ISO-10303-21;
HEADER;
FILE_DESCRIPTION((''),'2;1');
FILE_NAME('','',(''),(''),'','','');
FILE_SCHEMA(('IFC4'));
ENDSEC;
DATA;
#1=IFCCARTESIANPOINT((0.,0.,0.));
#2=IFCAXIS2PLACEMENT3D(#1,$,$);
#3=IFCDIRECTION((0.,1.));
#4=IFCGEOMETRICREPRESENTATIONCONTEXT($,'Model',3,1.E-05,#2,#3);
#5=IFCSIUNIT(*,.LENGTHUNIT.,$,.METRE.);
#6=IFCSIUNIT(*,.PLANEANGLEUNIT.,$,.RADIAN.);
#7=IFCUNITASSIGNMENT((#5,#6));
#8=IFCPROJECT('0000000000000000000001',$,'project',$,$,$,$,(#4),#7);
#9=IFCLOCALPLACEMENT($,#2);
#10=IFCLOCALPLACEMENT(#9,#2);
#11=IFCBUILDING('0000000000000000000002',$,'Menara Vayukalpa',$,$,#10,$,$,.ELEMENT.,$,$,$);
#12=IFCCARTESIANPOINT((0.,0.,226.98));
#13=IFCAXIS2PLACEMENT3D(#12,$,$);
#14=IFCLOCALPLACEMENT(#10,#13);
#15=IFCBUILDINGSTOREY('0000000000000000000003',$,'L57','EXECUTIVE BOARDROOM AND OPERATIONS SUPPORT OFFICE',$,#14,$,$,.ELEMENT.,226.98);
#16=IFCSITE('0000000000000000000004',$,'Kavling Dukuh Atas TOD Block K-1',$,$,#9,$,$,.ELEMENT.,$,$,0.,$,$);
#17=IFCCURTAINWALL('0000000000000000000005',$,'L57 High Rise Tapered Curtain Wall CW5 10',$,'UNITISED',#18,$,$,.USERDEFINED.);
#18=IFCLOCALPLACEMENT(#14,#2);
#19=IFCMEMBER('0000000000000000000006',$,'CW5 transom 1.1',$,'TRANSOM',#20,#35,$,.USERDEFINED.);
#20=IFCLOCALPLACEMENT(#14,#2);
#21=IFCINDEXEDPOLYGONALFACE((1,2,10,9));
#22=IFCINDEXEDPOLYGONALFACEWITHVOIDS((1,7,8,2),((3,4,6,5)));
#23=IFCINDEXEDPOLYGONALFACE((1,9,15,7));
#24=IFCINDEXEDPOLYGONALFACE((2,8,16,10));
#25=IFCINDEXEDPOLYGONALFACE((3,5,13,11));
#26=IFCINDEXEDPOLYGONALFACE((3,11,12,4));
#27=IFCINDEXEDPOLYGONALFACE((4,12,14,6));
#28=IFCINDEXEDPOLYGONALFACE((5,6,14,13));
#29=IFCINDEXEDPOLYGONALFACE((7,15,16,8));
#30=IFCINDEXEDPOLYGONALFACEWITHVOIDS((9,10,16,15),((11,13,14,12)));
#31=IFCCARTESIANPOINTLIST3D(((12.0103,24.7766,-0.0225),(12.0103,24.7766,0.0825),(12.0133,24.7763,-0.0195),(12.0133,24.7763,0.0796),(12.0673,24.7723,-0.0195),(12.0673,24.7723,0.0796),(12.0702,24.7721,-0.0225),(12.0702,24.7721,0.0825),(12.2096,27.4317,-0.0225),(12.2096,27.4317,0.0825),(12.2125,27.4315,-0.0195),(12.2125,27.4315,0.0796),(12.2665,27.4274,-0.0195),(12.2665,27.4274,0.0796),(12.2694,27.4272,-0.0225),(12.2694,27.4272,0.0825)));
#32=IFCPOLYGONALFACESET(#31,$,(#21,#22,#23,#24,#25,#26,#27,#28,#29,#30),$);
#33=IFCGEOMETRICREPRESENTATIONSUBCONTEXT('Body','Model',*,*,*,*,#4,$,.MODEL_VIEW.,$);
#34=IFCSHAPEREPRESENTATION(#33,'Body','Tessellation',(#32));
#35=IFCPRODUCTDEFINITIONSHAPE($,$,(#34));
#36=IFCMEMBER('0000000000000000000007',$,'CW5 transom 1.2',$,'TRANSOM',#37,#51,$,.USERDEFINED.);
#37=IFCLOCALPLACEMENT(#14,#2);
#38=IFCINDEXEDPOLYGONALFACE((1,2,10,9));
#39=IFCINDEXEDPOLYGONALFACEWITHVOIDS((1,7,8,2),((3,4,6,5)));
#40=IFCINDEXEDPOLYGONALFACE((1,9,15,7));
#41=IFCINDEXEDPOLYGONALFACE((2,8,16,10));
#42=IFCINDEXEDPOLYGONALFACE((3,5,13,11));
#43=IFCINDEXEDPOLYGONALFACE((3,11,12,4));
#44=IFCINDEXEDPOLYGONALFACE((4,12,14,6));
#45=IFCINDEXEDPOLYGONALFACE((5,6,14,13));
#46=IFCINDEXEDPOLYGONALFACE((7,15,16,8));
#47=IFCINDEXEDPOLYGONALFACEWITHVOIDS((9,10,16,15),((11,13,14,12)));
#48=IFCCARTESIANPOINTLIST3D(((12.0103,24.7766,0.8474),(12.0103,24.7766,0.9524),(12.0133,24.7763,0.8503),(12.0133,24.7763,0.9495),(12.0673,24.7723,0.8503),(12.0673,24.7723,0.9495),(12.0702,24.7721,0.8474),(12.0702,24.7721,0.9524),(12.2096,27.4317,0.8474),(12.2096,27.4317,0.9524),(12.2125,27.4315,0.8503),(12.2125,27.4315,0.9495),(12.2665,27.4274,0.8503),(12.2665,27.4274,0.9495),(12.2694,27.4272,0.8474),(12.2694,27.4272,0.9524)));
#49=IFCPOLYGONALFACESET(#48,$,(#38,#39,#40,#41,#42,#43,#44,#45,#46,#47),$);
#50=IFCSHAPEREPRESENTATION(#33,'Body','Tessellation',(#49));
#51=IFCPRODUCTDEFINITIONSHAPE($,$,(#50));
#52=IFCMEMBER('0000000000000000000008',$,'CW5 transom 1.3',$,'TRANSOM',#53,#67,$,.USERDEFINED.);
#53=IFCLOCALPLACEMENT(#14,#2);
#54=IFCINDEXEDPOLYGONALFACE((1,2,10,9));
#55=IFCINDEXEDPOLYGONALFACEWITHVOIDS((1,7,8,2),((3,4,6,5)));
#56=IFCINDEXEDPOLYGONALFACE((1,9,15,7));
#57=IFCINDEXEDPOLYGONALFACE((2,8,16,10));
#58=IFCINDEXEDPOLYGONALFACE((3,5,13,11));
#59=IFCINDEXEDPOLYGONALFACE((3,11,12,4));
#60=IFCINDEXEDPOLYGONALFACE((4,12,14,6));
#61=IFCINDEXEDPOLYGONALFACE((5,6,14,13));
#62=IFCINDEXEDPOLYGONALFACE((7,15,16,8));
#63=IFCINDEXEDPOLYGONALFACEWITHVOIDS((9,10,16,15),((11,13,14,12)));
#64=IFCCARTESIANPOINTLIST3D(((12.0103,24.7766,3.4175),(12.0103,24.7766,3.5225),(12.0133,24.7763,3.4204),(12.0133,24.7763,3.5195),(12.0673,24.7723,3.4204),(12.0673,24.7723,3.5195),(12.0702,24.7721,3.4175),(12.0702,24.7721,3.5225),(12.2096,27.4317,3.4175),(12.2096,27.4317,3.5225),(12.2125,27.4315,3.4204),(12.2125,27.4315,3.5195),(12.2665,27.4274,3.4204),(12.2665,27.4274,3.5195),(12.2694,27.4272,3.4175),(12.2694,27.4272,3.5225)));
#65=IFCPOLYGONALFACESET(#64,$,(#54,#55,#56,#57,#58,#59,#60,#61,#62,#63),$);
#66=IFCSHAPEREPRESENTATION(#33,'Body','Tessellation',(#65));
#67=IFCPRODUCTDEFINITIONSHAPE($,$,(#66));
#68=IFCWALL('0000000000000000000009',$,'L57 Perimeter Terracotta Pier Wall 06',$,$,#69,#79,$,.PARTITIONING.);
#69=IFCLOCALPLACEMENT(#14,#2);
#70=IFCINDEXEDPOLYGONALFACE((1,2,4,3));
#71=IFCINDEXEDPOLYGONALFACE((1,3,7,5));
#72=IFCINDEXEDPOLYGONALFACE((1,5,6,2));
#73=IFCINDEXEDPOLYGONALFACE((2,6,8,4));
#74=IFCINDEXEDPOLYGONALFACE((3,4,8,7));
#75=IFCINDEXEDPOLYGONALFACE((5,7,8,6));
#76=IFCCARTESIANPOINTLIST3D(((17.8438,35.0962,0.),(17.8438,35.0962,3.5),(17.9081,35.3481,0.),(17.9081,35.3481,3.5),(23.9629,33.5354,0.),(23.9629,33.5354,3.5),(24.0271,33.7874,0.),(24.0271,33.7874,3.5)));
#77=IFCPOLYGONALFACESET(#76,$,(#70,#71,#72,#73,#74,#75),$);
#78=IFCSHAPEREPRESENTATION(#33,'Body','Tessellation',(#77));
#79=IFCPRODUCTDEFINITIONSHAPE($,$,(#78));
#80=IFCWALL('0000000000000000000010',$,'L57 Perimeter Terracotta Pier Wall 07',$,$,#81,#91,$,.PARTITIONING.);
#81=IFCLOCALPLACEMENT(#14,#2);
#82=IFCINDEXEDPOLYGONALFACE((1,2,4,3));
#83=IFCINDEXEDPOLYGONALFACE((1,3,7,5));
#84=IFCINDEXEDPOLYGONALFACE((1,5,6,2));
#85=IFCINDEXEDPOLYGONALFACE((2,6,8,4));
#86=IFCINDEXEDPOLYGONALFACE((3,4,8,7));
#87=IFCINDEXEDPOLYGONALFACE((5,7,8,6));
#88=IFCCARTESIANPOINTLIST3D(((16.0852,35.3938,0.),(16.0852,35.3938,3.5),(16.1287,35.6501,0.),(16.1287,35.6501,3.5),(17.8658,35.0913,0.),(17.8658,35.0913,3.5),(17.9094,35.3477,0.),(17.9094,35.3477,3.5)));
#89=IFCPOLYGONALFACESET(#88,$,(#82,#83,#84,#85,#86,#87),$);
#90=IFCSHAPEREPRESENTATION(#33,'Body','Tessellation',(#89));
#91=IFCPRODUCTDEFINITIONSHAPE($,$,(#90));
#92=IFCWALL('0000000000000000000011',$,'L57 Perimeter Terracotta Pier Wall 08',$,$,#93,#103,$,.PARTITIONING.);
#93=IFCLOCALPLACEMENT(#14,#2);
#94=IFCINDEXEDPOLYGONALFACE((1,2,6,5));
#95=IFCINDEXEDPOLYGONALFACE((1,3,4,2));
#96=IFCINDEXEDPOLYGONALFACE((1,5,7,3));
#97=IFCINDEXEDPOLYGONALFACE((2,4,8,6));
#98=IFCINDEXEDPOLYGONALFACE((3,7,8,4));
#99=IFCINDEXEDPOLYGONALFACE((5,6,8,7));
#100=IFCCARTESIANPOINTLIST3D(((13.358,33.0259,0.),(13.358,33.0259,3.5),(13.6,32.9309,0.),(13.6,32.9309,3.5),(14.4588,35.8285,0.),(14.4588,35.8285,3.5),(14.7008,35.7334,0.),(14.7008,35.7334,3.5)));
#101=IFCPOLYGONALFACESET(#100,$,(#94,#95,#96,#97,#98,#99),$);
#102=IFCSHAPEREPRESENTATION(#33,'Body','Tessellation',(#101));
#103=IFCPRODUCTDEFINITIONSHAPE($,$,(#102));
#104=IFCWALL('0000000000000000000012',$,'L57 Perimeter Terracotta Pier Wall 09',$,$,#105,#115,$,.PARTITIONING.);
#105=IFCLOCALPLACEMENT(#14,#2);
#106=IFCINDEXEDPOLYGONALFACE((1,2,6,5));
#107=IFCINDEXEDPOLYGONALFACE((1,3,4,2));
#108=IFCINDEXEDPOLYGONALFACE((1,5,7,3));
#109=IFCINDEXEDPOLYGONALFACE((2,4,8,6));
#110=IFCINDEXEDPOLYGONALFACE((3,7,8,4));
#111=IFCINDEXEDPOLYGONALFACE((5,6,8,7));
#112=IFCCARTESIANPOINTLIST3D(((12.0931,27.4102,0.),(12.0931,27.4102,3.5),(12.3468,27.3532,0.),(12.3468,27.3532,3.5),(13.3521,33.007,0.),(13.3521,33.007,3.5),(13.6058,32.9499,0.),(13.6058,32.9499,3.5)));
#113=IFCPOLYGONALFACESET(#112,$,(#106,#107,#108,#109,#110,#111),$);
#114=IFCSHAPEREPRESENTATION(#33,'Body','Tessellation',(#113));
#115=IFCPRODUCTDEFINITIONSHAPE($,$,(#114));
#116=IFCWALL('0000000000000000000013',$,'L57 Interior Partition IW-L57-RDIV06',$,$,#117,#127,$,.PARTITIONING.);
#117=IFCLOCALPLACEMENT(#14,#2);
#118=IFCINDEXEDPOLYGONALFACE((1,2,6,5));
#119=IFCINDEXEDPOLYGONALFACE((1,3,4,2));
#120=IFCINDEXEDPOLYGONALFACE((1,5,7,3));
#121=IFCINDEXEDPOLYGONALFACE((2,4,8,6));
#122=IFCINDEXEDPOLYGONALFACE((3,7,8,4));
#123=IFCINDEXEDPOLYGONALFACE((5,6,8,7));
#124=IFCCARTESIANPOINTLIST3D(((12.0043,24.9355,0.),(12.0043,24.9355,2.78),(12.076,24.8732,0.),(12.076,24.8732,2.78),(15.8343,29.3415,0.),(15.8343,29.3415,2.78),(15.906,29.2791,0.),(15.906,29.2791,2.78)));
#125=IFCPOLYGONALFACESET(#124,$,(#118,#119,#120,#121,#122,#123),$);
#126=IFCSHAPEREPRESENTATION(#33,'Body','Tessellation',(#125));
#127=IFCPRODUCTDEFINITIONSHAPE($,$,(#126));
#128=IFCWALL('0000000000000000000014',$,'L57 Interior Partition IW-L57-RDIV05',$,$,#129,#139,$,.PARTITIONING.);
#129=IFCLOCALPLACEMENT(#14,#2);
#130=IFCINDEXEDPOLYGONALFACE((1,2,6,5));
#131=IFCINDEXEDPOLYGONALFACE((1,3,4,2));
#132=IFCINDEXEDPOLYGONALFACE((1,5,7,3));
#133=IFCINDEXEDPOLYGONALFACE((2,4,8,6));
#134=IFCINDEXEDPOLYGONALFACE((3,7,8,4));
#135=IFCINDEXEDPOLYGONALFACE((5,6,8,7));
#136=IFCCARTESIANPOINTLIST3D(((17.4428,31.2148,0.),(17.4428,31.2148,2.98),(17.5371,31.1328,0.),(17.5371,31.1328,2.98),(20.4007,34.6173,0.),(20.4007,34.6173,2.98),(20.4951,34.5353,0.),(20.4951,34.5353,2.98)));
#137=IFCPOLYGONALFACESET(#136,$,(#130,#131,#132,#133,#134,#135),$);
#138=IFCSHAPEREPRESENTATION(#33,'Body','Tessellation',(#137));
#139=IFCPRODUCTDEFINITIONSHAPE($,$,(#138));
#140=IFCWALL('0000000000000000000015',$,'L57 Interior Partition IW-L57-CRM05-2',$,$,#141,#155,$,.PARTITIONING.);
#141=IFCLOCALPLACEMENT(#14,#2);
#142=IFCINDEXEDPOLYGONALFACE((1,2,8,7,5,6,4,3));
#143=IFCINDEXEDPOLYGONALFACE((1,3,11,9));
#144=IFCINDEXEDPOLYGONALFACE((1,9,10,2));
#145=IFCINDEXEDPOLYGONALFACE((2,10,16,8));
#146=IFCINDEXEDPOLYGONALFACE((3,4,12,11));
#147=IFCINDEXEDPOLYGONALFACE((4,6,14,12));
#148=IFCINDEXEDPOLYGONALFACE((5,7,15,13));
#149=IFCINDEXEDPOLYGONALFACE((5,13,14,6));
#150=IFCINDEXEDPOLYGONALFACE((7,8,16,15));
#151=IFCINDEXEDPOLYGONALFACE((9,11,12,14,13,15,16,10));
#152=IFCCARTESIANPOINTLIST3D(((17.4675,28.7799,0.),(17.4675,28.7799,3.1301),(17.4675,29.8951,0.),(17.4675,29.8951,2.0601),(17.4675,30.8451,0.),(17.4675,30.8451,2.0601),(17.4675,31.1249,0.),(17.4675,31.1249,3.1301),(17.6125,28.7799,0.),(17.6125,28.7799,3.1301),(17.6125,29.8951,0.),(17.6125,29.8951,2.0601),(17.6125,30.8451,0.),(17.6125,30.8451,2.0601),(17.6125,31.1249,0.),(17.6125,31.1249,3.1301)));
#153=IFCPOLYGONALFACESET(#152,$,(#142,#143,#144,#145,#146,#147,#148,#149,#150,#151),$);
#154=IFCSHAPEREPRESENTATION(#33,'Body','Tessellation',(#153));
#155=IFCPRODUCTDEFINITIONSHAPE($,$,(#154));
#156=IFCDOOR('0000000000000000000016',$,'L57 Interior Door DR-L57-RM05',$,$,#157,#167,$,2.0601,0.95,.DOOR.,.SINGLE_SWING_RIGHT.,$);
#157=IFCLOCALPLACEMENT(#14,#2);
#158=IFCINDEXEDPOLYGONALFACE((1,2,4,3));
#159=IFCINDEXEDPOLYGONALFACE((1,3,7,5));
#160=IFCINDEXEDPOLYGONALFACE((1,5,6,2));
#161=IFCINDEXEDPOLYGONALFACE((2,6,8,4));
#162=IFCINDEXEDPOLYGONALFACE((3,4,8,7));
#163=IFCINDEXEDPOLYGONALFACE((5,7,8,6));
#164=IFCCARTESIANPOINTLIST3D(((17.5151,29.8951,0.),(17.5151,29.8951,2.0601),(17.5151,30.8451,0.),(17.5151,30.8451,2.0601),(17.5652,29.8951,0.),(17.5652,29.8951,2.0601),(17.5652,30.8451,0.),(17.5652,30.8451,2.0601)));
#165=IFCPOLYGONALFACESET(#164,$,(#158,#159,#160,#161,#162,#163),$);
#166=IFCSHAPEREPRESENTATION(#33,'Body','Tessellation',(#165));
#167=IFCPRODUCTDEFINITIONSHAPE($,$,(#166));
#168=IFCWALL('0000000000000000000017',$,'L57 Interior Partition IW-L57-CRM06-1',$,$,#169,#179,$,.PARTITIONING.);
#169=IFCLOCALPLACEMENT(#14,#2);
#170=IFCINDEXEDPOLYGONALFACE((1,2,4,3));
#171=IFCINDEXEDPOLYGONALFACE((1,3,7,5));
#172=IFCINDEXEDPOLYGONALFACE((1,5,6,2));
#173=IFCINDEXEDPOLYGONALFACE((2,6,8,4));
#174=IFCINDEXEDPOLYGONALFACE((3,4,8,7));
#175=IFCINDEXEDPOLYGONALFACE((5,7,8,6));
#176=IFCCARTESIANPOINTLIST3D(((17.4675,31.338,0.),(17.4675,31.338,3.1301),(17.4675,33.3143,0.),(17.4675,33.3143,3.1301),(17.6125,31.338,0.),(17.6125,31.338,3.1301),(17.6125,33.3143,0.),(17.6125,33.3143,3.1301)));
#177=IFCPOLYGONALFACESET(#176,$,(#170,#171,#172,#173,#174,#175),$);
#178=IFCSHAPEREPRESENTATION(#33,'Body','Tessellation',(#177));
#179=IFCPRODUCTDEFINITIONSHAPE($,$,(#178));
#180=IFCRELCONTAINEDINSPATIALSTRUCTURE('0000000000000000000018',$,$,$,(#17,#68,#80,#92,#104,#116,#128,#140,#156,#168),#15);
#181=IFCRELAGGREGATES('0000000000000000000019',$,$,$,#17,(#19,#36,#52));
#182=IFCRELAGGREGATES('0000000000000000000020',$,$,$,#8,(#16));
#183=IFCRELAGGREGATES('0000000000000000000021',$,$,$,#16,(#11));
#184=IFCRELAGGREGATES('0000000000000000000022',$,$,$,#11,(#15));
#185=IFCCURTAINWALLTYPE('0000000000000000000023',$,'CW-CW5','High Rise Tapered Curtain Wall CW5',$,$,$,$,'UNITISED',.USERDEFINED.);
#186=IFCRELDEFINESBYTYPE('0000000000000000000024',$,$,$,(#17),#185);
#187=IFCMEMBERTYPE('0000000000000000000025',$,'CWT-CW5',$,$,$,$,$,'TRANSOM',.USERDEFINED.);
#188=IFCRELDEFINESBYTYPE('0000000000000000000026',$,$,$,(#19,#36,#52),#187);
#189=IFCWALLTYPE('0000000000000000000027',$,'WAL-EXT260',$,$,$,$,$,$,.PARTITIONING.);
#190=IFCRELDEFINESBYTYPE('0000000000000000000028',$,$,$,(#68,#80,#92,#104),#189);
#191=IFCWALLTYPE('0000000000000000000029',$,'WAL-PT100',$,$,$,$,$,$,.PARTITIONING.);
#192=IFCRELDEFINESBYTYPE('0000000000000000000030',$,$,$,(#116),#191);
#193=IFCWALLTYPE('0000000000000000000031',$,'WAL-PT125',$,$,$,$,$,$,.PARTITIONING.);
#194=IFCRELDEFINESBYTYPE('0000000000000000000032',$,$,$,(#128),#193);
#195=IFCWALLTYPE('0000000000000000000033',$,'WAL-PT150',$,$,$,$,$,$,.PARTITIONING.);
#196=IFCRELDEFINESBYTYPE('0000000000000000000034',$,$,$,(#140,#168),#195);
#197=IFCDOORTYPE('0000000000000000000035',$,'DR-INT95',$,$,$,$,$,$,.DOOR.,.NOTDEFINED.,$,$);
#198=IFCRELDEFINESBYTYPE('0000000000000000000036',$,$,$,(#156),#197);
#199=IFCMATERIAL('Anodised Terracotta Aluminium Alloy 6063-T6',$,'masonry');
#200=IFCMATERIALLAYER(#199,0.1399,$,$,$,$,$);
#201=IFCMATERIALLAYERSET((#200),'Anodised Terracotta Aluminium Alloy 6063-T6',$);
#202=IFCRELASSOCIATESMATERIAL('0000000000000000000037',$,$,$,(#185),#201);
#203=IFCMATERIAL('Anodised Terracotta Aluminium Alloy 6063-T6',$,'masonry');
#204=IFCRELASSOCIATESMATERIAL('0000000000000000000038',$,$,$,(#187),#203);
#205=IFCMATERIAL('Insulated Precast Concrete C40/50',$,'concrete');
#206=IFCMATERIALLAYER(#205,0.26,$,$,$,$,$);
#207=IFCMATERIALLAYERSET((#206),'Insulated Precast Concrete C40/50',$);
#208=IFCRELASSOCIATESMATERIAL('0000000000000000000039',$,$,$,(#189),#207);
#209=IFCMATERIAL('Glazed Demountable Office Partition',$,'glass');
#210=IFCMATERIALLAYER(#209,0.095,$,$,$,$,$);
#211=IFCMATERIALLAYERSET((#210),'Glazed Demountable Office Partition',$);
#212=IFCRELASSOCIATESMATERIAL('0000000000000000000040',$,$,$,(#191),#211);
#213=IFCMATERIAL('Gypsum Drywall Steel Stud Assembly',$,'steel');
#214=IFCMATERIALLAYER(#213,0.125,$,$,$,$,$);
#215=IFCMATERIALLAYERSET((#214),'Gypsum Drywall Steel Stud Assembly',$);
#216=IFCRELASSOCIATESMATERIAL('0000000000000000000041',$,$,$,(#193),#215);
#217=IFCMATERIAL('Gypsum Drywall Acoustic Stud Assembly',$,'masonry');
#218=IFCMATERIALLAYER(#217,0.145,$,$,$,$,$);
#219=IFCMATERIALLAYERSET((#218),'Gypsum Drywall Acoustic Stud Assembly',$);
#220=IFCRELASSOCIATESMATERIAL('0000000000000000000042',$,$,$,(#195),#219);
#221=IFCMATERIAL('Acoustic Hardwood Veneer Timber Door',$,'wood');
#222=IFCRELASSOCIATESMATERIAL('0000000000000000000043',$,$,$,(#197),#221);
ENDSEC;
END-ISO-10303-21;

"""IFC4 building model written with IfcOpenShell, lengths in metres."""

from ifc_helpers import new_model, si_unit, direction, frame, frame_2d, origin, origin_2d, place, context, subcontext, project, spatial, rectangle, hollow_rectangle, extrude, material, layer, layer_set, material_profile, profile_set, type_object, element, fill, aggregate, save


model = new_model("IFC4")

# Units and contexts
model_context = context("Model", 3, precision=1e-05, world=origin(), true_north=direction((0.0, 1.0)))
body_context = subcontext(model_context, "Body", "Model", "MODEL_VIEW")
ifc_project = project(units=[si_unit("LENGTHUNIT", "METRE"), si_unit("PLANEANGLEUNIT", "RADIAN")], contexts=[model_context])

# Site, building, storey
site_placement = place(None, origin())
site = spatial("IfcSite", under=ifc_project, at=site_placement, Name="Kavling Dukuh Atas TOD Block K-1", CompositionType="ELEMENT", RefElevation=0.0)
building_placement = place(site_placement, origin())
building = spatial("IfcBuilding", under=site, at=building_placement, Name="Menara Vayukalpa", CompositionType="ELEMENT")
storey_placement = place(building_placement, frame((0.0, 0.0, 226.98)))
storey = spatial("IfcBuildingStorey", under=building, at=storey_placement, Name="L57", Description="EXECUTIVE BOARDROOM AND OPERATIONS SUPPORT OFFICE", CompositionType="ELEMENT", Elevation=226.98)

# Curtain wall, members
ifc_material_1 = material(Name="Anodised Terracotta Aluminium Alloy 6063-T6", Category="masonry")
ifc_layer_1 = layer(ifc_material_1, 0.1399)
ifc_layer_set_1 = layer_set([ifc_layer_1], Name="Anodised Terracotta Aluminium Alloy 6063-T6")
curtain_wall_type = type_object("IfcCurtainWallType", Name="CW-CW5", Description="High Rise Tapered Curtain Wall CW5", ElementType="UNITISED", PredefinedType="USERDEFINED", material=ifc_layer_set_1)
curtain_wall_placement = place(storey_placement, origin())
curtain_wall = element("IfcCurtainWall", 1, at=curtain_wall_placement, inside=storey, type_object=curtain_wall_type, Name="L57 High Rise Tapered Curtain Wall CW5 10", ObjectType="UNITISED", PredefinedType="USERDEFINED")
ifc_material_2 = material(Name="Anodised Terracotta Aluminium Alloy 6063-T6", Category="masonry")
ifc_material_profile_1 = material_profile(ifc_material_2, hollow_rectangle(XDim=0.0601, YDim=0.105, WallThickness=0.0029, at=origin_2d()), Name="ALU 60x105x3")
ifc_profile_set_1 = profile_set([ifc_material_profile_1], Name="Anodised Terracotta Aluminium Alloy 6063-T6")
member_type_1 = type_object("IfcMemberType", Name="CWT-CW5", ElementType="TRANSOM", PredefinedType="USERDEFINED", material=ifc_profile_set_1)
member_1_placement = place(storey_placement, frame((12.2395, 27.4294, 0.03), z_axis=(-0.074824, -0.997197, 0.0), x_axis=(0.997197, -0.074824, 0.0)))
member_1 = element("IfcMember", 2, at=member_1_placement, type_object=member_type_1, Name="CW5 transom 1.1", ObjectType="TRANSOM", PredefinedType="USERDEFINED", context=body_context, shape_type="SweptSolid", body=[
    extrude(hollow_rectangle(XDim=0.0601, YDim=0.105, WallThickness=0.0029, at=origin_2d()), origin(), (0.0, 0.0, 1.0), 2.6626),
])
member_2_placement = place(storey_placement, frame((12.2395, 27.4294, 0.8999), z_axis=(-0.074824, -0.997197, 0.0), x_axis=(0.997197, -0.074824, 0.0)))
member_2 = element("IfcMember", 3, at=member_2_placement, type_object=member_type_1, Name="CW5 transom 1.2", ObjectType="TRANSOM", PredefinedType="USERDEFINED", context=body_context, shape_type="SweptSolid", body=[
    extrude(hollow_rectangle(XDim=0.0601, YDim=0.105, WallThickness=0.0029, at=origin_2d()), origin(), (0.0, 0.0, 1.0), 2.6626),
])
member_3_placement = place(storey_placement, frame((12.2395, 27.4294, 3.47), z_axis=(-0.074824, -0.997197, 0.0), x_axis=(0.997197, -0.074824, 0.0)))
member_3 = element("IfcMember", 4, at=member_3_placement, type_object=member_type_1, Name="CW5 transom 1.3", ObjectType="TRANSOM", PredefinedType="USERDEFINED", context=body_context, shape_type="SweptSolid", body=[
    extrude(hollow_rectangle(XDim=0.0601, YDim=0.105, WallThickness=0.0029, at=origin_2d()), origin(), (0.0, 0.0, 1.0), 2.6626),
])
aggregate(curtain_wall, [member_1, member_2, member_3])

# Walls
ifc_material_3 = material(Name="Insulated Precast Concrete C40/50", Category="concrete")
ifc_layer_2 = layer(ifc_material_3, 0.26)
ifc_layer_set_2 = layer_set([ifc_layer_2], Name="Insulated Precast Concrete C40/50")
wall_type_1 = type_object("IfcWallType", Name="WAL-EXT260", PredefinedType="PARTITIONING", material=ifc_layer_set_2)
wall_1_placement = place(storey_placement, frame((17.876, 35.2222, 0.0), z_axis=(0.0, 0.0, 1.0), x_axis=(0.968976, -0.247154, 0.0)))
element("IfcWall", 5, at=wall_1_placement, inside=storey, type_object=wall_type_1, Name="L57 Perimeter Terracotta Pier Wall 06", PredefinedType="PARTITIONING", context=body_context, shape_type="SweptSolid", body=[
    extrude(rectangle(XDim=6.3149, YDim=0.26, at=frame_2d((3.1575, 0.0))), origin(), (0.0, 0.0, 1.0), 3.5),
])
wall_2_placement = place(storey_placement, frame((16.1069, 35.522, 0.0), z_axis=(0.0, 0.0, 1.0), x_axis=(0.985878, -0.167467, 0.0)))
element("IfcWall", 6, at=wall_2_placement, inside=storey, type_object=wall_type_1, Name="L57 Perimeter Terracotta Pier Wall 07", PredefinedType="PARTITIONING", context=body_context, shape_type="SweptSolid", body=[
    extrude(rectangle(XDim=1.8062, YDim=0.26, at=frame_2d((0.9031, 0.0))), origin(), (0.0, 0.0, 1.0), 3.5),
])
wall_3_placement = place(storey_placement, frame((13.479, 32.9785, 0.0), z_axis=(0.0, 0.0, 1.0), x_axis=(0.36561, 0.930768, 0.0)))
element("IfcWall", 7, at=wall_3_placement, inside=storey, type_object=wall_type_1, Name="L57 Perimeter Terracotta Pier Wall 08", PredefinedType="PARTITIONING", context=body_context, shape_type="SweptSolid", body=[
    extrude(rectangle(XDim=3.011, YDim=0.26, at=frame_2d((1.5054, 0.0))), origin(), (0.0, 0.0, 1.0), 3.5),
])
wall_4_placement = place(storey_placement, frame((12.22, 27.3818, 0.0), z_axis=(0.0, 0.0, 1.0), x_axis=(0.219476, 0.975618, 0.0)))
element("IfcWall", 8, at=wall_4_placement, inside=storey, type_object=wall_type_1, Name="L57 Perimeter Terracotta Pier Wall 09", PredefinedType="PARTITIONING", context=body_context, shape_type="SweptSolid", body=[
    extrude(rectangle(XDim=5.7366, YDim=0.26, at=frame_2d((2.8682, 0.0))), origin(), (0.0, 0.0, 1.0), 3.5),
])
ifc_material_4 = material(Name="Glazed Demountable Office Partition", Category="glass")
ifc_layer_3 = layer(ifc_material_4, 0.095)
ifc_layer_set_3 = layer_set([ifc_layer_3], Name="Glazed Demountable Office Partition")
wall_type_2 = type_object("IfcWallType", Name="WAL-PT100", PredefinedType="PARTITIONING", material=ifc_layer_set_3)
wall_5_placement = place(storey_placement, frame((15.8701, 29.3103, 0.0), z_axis=(0.0, 0.0, 1.0), x_axis=(-0.656059, -0.75471, 0.0)))
element("IfcWall", 9, at=wall_5_placement, inside=storey, type_object=wall_type_2, Name="L57 Interior Partition IW-L57-RDIV06", PredefinedType="PARTITIONING", context=body_context, shape_type="SweptSolid", body=[
    extrude(rectangle(XDim=5.8379, YDim=0.095, at=frame_2d((2.9189, 0.0))), origin(), (0.0, 0.0, 1.0), 2.78),
])
ifc_material_5 = material(Name="Gypsum Drywall Steel Stud Assembly", Category="steel")
ifc_layer_4 = layer(ifc_material_5, 0.125)
ifc_layer_set_4 = layer_set([ifc_layer_4], Name="Gypsum Drywall Steel Stud Assembly")
wall_type_3 = type_object("IfcWallType", Name="WAL-PT125", PredefinedType="PARTITIONING", material=ifc_layer_set_4)
wall_6_placement = place(storey_placement, frame((20.448, 34.5764, 0.0), z_axis=(0.0, 0.0, 1.0), x_axis=(-0.656082, -0.754689, 0.0)))
element("IfcWall", 10, at=wall_6_placement, inside=storey, type_object=wall_type_3, Name="L57 Interior Partition IW-L57-RDIV05", PredefinedType="PARTITIONING", context=body_context, shape_type="SweptSolid", body=[
    extrude(rectangle(XDim=4.5085, YDim=0.125, at=frame_2d((2.2544, 0.0))), origin(), (0.0, 0.0, 1.0), 2.98),
])

# Wall, opening, door
ifc_material_6 = material(Name="Gypsum Drywall Acoustic Stud Assembly", Category="masonry")
ifc_layer_5 = layer(ifc_material_6, 0.145)
ifc_layer_set_5 = layer_set([ifc_layer_5], Name="Gypsum Drywall Acoustic Stud Assembly")
wall_type_4 = type_object("IfcWallType", Name="WAL-PT150", PredefinedType="PARTITIONING", material=ifc_layer_set_5)
wall_7_placement = place(storey_placement, frame((17.54, 28.78, 0.0), z_axis=(0.0, 0.0, 1.0), x_axis=(0.0, 1.0, 0.0)))
wall_7 = element("IfcWall", 11, at=wall_7_placement, inside=storey, type_object=wall_type_4, Name="L57 Interior Partition IW-L57-CRM05-2", PredefinedType="PARTITIONING", context=body_context, shape_type="SweptSolid", body=[
    extrude(rectangle(XDim=2.345, YDim=0.145, at=frame_2d((1.1724, 0.0))), origin(), (0.0, 0.0, 1.0), 3.1301),
])
opening_1_placement = place(wall_7_placement, frame((1.115, 0.0, 0.0)))
opening_1 = element("IfcOpeningElement", 12, at=opening_1_placement, cuts=wall_7, PredefinedType="OPENING", context=body_context, shape_type="SweptSolid", body=[
    extrude(rectangle(XDim=0.95, YDim=2.0601, at=frame_2d((0.4751, 1.03))), frame((0.0, 0.0825, 0.0), z_axis=(0.0, -1.0, 0.0), x_axis=(1.0, 0.0, 0.0)), (0.0, 0.0, 1.0), 0.165),
])
ifc_material_7 = material(Name="Acoustic Hardwood Veneer Timber Door", Category="wood")
door_type_1 = type_object("IfcDoorType", Name="DR-INT95", OperationType="NOTDEFINED", PredefinedType="DOOR", material=ifc_material_7)
door_1_placement = place(opening_1_placement, origin())
door_1 = element("IfcDoor", 13, at=door_1_placement, inside=storey, type_object=door_type_1, Name="L57 Interior Door DR-L57-RM05", OperationType="SINGLE_SWING_RIGHT", OverallHeight=2.0601, OverallWidth=0.95, PredefinedType="DOOR", context=body_context, shape_type="SweptSolid", body=[
    extrude(rectangle(XDim=0.95, YDim=2.0601, at=frame_2d((0.4751, 1.03))), frame((0.0, 0.0249, 0.0), z_axis=(0.0, -1.0, 0.0), x_axis=(1.0, 0.0, 0.0)), (0.0, 0.0, 1.0), 0.05),
])
fill(opening_1, door_1)

# Wall
wall_8_placement = place(storey_placement, frame((17.54, 31.3379, 0.0), z_axis=(0.0, 0.0, 1.0), x_axis=(0.0, 1.0, 0.0)))
element("IfcWall", 14, at=wall_8_placement, inside=storey, type_object=wall_type_4, Name="L57 Interior Partition IW-L57-CRM06-1", PredefinedType="PARTITIONING", context=body_context, shape_type="SweptSolid", body=[
    extrude(rectangle(XDim=1.9763, YDim=0.145, at=frame_2d((0.9883, 0.0))), origin(), (0.0, 0.0, 1.0), 3.1301),
])

save(model, "model.ifc")
